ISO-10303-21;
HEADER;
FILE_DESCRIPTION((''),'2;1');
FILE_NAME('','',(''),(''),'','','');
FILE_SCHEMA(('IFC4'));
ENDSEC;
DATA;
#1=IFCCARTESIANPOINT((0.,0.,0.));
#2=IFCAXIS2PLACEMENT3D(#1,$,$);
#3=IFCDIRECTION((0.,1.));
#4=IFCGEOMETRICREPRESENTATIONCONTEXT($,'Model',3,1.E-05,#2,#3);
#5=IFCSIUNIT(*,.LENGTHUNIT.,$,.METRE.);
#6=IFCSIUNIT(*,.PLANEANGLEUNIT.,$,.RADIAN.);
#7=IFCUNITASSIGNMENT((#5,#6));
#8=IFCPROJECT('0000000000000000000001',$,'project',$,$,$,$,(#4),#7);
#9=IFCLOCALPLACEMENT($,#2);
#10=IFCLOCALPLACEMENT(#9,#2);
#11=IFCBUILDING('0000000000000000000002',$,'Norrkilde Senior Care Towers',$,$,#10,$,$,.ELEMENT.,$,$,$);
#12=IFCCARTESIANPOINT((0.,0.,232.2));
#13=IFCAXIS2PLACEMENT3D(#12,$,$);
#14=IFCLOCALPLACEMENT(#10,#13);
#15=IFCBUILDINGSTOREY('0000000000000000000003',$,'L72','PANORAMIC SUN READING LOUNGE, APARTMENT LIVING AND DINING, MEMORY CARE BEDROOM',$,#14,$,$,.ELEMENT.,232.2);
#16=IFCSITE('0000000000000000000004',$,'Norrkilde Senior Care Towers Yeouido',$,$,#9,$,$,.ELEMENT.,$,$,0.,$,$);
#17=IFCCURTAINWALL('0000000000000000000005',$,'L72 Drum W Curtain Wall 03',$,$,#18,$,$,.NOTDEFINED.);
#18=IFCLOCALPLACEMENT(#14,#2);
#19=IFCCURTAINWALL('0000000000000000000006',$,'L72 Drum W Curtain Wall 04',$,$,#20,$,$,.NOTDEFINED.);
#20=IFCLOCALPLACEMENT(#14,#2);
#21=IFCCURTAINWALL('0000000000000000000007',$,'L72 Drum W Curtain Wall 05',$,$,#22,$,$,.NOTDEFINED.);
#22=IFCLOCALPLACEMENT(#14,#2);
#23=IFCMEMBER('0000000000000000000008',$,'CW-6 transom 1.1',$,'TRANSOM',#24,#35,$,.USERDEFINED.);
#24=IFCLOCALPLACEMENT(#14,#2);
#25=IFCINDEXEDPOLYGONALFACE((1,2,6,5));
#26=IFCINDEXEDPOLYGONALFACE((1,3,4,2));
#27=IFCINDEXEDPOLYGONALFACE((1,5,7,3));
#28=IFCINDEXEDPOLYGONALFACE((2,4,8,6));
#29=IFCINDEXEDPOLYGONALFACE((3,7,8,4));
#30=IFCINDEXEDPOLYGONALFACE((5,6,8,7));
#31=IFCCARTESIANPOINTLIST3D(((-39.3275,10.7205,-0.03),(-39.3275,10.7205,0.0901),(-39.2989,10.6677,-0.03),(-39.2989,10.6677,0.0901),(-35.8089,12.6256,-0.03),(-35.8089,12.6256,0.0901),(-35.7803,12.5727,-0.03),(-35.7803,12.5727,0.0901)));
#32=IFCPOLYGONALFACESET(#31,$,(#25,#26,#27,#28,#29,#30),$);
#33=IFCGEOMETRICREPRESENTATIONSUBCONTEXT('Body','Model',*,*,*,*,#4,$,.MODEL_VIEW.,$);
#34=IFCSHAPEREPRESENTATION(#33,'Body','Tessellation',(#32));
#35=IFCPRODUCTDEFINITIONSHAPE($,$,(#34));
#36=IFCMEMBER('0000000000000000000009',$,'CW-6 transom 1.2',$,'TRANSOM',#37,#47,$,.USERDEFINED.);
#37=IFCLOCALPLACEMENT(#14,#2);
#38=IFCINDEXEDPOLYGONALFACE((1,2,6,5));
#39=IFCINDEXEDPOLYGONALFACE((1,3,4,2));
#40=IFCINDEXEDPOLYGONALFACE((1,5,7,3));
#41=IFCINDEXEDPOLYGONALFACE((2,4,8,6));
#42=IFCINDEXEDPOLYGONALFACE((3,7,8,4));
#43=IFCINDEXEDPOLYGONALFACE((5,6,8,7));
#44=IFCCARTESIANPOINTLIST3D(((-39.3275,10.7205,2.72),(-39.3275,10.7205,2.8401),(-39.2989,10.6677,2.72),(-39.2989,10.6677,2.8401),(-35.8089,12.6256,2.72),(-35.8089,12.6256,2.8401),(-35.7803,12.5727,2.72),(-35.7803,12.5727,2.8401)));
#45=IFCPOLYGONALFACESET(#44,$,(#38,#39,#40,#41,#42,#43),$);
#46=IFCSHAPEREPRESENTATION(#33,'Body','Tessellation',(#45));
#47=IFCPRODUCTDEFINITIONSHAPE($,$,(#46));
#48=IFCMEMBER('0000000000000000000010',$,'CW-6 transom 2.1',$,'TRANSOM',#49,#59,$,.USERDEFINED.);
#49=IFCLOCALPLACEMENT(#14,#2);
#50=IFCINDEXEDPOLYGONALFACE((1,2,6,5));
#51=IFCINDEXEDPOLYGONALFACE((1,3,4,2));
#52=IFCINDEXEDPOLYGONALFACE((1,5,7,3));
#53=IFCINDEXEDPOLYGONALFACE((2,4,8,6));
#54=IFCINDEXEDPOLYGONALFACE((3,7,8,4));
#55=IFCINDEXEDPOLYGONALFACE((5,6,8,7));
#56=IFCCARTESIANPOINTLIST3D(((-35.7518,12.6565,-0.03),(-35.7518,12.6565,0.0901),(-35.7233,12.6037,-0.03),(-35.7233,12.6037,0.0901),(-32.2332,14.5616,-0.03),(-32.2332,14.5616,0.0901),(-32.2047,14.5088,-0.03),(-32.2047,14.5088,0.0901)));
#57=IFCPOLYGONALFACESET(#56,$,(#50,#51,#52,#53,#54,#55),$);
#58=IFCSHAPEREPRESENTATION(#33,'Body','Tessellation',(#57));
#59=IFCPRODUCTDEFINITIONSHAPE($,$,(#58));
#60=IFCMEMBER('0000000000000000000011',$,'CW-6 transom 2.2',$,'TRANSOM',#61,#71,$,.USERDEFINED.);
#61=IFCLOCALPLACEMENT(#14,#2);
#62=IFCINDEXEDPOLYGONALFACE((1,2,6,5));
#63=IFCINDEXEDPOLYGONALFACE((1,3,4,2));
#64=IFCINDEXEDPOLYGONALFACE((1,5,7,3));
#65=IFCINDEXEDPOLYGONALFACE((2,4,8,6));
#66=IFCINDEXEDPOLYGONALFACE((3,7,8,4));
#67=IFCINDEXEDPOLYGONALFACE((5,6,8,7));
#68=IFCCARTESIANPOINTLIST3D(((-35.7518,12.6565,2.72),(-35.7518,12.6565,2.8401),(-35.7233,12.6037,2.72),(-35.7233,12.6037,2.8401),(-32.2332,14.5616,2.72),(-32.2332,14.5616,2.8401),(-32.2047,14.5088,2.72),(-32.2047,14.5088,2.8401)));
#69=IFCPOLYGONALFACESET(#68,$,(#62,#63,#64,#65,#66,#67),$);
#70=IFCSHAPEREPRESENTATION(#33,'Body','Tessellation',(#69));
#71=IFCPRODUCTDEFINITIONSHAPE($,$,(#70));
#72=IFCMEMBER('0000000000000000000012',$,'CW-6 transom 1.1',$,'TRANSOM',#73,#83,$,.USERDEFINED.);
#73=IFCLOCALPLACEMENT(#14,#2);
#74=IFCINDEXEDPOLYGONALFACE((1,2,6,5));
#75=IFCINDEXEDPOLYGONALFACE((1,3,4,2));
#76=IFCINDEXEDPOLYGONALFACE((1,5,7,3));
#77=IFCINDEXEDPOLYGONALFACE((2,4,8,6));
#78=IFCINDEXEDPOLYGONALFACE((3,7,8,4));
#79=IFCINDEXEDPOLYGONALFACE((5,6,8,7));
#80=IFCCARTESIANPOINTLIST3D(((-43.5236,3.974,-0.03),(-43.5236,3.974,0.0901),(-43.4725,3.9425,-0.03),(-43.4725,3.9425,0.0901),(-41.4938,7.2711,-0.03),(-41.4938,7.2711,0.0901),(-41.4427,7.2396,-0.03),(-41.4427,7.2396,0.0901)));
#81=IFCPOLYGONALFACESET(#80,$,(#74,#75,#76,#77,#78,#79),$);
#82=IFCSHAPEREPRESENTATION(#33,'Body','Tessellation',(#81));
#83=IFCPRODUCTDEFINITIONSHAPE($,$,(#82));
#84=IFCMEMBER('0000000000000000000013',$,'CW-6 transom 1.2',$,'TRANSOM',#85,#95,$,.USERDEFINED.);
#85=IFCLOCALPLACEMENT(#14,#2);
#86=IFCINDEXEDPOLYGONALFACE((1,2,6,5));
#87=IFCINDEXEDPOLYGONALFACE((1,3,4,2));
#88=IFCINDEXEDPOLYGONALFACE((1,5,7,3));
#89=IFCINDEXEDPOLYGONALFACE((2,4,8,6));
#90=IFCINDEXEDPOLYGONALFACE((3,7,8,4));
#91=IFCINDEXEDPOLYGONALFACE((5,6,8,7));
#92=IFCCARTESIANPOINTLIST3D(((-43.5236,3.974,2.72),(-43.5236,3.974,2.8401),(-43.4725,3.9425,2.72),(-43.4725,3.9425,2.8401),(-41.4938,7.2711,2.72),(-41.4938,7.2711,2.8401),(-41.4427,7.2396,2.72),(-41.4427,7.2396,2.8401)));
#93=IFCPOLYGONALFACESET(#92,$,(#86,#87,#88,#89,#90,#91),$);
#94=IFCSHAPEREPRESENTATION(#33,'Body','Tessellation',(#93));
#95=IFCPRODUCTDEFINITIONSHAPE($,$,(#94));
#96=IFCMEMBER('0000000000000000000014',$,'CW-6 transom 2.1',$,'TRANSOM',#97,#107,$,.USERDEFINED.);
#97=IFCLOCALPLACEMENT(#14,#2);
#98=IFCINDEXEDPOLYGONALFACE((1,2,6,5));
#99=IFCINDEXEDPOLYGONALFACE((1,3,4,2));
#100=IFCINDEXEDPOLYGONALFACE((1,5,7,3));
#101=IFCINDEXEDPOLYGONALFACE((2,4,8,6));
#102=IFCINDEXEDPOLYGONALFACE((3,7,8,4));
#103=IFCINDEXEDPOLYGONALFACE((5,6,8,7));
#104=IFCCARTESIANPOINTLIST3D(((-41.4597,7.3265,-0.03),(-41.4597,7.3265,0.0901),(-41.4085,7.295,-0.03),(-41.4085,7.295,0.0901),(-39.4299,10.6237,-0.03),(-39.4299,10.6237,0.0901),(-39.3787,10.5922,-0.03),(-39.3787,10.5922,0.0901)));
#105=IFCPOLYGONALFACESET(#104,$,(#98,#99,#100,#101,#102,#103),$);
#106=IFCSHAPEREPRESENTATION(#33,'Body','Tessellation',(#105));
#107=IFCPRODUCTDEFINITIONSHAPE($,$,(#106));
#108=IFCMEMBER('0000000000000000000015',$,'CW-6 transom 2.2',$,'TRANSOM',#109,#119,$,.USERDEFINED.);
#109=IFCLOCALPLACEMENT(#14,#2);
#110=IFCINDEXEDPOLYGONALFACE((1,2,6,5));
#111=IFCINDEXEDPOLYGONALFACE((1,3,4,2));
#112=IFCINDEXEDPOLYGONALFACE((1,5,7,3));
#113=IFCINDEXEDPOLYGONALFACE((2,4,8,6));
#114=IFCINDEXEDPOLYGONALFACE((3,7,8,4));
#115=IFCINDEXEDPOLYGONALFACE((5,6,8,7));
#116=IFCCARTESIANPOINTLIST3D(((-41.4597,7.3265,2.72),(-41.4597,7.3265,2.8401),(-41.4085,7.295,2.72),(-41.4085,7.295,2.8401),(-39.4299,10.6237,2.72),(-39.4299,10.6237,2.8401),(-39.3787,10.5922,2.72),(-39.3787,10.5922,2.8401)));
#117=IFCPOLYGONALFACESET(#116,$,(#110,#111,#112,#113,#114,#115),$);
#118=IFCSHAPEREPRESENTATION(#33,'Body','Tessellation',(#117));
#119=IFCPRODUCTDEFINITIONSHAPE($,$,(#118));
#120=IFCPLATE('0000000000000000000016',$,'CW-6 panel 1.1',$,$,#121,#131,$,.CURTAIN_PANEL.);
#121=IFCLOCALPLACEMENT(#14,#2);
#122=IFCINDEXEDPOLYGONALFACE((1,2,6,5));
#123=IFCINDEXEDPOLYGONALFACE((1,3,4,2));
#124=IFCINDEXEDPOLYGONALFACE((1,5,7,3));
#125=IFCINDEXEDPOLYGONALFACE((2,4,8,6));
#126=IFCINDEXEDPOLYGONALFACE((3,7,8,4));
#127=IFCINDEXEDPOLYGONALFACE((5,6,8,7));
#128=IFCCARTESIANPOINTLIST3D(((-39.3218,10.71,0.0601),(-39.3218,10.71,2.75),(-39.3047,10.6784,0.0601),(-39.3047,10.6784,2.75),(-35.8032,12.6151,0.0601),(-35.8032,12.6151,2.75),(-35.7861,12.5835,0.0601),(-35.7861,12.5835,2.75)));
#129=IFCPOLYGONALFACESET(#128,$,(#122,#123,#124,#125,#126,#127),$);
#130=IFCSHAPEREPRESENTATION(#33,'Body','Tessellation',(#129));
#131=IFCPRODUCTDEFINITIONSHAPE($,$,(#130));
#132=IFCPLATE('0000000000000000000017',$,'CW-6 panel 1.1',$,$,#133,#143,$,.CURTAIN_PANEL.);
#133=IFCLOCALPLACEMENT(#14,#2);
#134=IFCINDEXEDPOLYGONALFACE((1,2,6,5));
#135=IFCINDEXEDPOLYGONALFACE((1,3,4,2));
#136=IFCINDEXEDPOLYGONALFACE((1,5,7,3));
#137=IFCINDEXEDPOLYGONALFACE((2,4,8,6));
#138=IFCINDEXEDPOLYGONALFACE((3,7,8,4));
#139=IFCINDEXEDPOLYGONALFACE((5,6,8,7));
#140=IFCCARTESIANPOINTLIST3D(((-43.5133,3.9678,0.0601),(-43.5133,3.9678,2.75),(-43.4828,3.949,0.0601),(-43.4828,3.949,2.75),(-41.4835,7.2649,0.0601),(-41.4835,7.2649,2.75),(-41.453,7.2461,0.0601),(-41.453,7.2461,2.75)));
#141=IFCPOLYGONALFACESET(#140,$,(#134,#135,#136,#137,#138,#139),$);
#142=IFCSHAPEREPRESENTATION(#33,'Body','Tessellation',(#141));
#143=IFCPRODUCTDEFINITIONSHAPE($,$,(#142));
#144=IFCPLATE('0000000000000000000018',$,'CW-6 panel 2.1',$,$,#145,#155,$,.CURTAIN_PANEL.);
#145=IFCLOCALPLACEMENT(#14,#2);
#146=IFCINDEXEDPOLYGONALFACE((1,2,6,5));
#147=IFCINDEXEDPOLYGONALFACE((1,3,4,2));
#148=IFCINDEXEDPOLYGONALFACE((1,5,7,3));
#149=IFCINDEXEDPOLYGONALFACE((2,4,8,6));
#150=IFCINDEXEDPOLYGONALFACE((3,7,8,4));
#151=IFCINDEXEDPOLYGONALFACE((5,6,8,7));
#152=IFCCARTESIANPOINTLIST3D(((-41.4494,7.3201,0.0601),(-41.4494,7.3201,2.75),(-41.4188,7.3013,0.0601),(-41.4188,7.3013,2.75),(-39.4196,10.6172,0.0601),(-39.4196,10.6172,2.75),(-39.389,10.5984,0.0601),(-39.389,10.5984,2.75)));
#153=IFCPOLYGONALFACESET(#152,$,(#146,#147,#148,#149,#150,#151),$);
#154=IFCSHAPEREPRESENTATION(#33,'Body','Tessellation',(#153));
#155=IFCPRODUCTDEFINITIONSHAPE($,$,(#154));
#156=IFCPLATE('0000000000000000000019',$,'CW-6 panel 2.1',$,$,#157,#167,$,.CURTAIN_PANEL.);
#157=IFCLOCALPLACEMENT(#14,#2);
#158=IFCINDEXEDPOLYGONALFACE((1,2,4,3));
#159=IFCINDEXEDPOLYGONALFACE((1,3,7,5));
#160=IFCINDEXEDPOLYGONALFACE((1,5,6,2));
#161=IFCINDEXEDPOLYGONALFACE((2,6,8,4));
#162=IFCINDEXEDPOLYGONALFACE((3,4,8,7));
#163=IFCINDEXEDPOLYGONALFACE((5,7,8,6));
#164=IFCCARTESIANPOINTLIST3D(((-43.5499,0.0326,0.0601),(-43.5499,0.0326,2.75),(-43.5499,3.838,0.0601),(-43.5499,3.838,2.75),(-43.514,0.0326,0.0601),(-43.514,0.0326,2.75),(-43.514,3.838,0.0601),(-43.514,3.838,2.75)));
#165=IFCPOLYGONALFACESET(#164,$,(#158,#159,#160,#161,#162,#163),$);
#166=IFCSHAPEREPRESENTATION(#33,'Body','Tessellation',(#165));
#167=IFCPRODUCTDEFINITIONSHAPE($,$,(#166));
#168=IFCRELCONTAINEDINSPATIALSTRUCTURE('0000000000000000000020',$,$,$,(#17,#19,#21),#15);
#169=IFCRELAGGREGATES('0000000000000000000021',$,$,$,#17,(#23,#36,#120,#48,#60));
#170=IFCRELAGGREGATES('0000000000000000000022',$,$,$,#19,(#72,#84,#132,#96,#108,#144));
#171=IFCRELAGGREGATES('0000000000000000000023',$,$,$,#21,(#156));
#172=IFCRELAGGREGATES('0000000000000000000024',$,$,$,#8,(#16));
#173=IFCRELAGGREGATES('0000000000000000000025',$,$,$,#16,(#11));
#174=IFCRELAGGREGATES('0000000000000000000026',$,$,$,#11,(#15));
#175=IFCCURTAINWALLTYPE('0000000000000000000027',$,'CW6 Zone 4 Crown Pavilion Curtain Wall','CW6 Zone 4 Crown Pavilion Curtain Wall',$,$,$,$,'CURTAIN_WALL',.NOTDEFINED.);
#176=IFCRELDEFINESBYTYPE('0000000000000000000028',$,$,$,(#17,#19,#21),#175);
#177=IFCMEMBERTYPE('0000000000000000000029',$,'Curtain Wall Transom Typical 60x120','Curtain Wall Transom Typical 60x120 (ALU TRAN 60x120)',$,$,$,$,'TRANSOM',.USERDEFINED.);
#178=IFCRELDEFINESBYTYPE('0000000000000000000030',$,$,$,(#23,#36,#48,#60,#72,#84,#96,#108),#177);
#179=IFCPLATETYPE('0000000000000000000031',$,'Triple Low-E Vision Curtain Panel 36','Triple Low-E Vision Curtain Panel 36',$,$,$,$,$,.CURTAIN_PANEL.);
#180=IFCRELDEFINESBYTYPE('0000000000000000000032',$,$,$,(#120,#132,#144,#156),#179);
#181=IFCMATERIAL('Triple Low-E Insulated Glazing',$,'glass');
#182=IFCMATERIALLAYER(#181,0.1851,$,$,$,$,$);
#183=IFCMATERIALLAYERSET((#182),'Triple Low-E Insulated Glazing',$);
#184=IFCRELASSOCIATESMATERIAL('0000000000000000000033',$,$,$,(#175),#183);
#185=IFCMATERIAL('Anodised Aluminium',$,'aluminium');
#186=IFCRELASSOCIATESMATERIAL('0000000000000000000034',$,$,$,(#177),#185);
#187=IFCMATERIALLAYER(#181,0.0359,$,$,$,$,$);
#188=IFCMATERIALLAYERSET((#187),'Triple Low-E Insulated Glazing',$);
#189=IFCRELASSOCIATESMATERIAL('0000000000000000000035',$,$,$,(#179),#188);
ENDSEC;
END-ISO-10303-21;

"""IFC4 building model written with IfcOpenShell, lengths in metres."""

from ifc_helpers import new_model, si_unit, direction, frame, origin, origin_2d, place, context, subcontext, project, spatial, rectangle, extrude, source, transform, mapped, material, layer, layer_set, material_profile, profile_set, type_object, type_shapes, element, aggregate, save


model = new_model("IFC4")

# Units and contexts
model_context = context("Model", 3, precision=1e-05, world=origin(), true_north=direction((0.0, 1.0)))
body_context = subcontext(model_context, "Body", "Model", "MODEL_VIEW")
ifc_project = project(units=[si_unit("LENGTHUNIT", "METRE"), si_unit("PLANEANGLEUNIT", "RADIAN")], contexts=[model_context])

# Site, building, storey
site_placement = place(None, origin())
site = spatial("IfcSite", under=ifc_project, at=site_placement, Name="Norrkilde Senior Care Towers Yeouido", CompositionType="ELEMENT", RefElevation=0.0)
building_placement = place(site_placement, origin())
building = spatial("IfcBuilding", under=site, at=building_placement, Name="Norrkilde Senior Care Towers", CompositionType="ELEMENT")
storey_placement = place(building_placement, frame((0.0, 0.0, 232.2)))
storey = spatial("IfcBuildingStorey", under=building, at=storey_placement, Name="L72", Description="PANORAMIC SUN READING LOUNGE, APARTMENT LIVING AND DINING, MEMORY CARE BEDROOM", CompositionType="ELEMENT", Elevation=232.2)

# Curtain walls
ifc_material_1 = material(Name="Triple Low-E Insulated Glazing", Category="glass")
ifc_layer_1 = layer(ifc_material_1, 0.1851)
ifc_layer_set_1 = layer_set([ifc_layer_1], Name="Triple Low-E Insulated Glazing")
curtain_wall_type = type_object("IfcCurtainWallType", Name="CW6 Zone 4 Crown Pavilion Curtain Wall", Description="CW6 Zone 4 Crown Pavilion Curtain Wall", ElementType="CURTAIN_WALL", PredefinedType="NOTDEFINED", material=ifc_layer_set_1)
curtain_wall_1_placement = place(storey_placement, origin())
curtain_wall_1 = element("IfcCurtainWall", 1, at=curtain_wall_1_placement, inside=storey, type_object=curtain_wall_type, Name="L72 Drum W Curtain Wall 03", PredefinedType="NOTDEFINED")
ifc_material_2 = material(Name="Anodised Aluminium", Category="aluminium")
curtain_wall_2_placement = place(storey_placement, origin())
curtain_wall_2 = element("IfcCurtainWall", 2, at=curtain_wall_2_placement, inside=storey, type_object=curtain_wall_type, Name="L72 Drum W Curtain Wall 04", PredefinedType="NOTDEFINED")

# Curtain wall
curtain_wall_3_placement = place(storey_placement, origin())
curtain_wall_3 = element("IfcCurtainWall", 3, at=curtain_wall_3_placement, inside=storey, type_object=curtain_wall_type, Name="L72 Drum W Curtain Wall 05", PredefinedType="NOTDEFINED")

# Members
ifc_material_profile_1 = material_profile(ifc_material_2, rectangle(XDim=0.0601, YDim=0.1201, at=origin_2d()), Name="ALU TRAN 60x120")
ifc_profile_set_1 = profile_set([ifc_material_profile_1], Name="Anodised Aluminium")
member_type_1 = type_object("IfcMemberType", Name="Curtain Wall Transom Typical 60x120", Description="Curtain Wall Transom Typical 60x120 (ALU TRAN 60x120)", ElementType="TRANSOM", PredefinedType="USERDEFINED", material=ifc_profile_set_1)
shared_shape_1 = source(origin(), body_context, "Body", "SweptSolid", [
    extrude(rectangle(XDim=0.0601, YDim=0.1201, at=origin_2d()), origin(), (0.0, 0.0, 1.0), 4.0012),
])
member_1_placement = place(storey_placement, frame((-39.3132, 10.6941, 0.03), z_axis=(0.879381, 0.476118, 0.0), x_axis=(-0.476118, 0.879381, 0.0)))
member_1 = element("IfcMember", 4, at=member_1_placement, type_object=member_type_1, Name="CW-6 transom 1.1", ObjectType="TRANSOM", PredefinedType="USERDEFINED", context=body_context, shape_type="MappedRepresentation", body=[
    mapped(shared_shape_1, transform((0.0, 0.0, 0.0), x_axis=(1.0, 0.0, 0.0), y_axis=(0.0, 1.0, 0.0), z_axis=(0.0, 0.0, 1.0), scale=1.0)),
])
member_2_placement = place(storey_placement, frame((-39.3132, 10.6941, 2.78), z_axis=(0.879381, 0.476118, 0.0), x_axis=(-0.476118, 0.879381, 0.0)))
member_2 = element("IfcMember", 5, at=member_2_placement, type_object=member_type_1, Name="CW-6 transom 1.2", ObjectType="TRANSOM", PredefinedType="USERDEFINED", context=body_context, shape_type="MappedRepresentation", body=[
    mapped(shared_shape_1, transform((0.0, 0.0, 0.0), x_axis=(1.0, 0.0, 0.0), y_axis=(0.0, 1.0, 0.0), z_axis=(0.0, 0.0, 1.0), scale=1.0)),
])
member_3_placement = place(storey_placement, frame((-35.7375, 12.6301, 0.03), z_axis=(0.879381, 0.476118, 0.0), x_axis=(-0.476118, 0.879381, 0.0)))
member_3 = element("IfcMember", 6, at=member_3_placement, type_object=member_type_1, Name="CW-6 transom 2.1", ObjectType="TRANSOM", PredefinedType="USERDEFINED", context=body_context, shape_type="MappedRepresentation", body=[
    mapped(shared_shape_1, transform((0.0, 0.0, 0.0), x_axis=(1.0, 0.0, 0.0), y_axis=(0.0, 1.0, 0.0), z_axis=(0.0, 0.0, 1.0), scale=1.0)),
])
member_4_placement = place(storey_placement, frame((-35.7375, 12.6301, 2.78), z_axis=(0.879381, 0.476118, 0.0), x_axis=(-0.476118, 0.879381, 0.0)))
member_4 = element("IfcMember", 7, at=member_4_placement, type_object=member_type_1, Name="CW-6 transom 2.2", ObjectType="TRANSOM", PredefinedType="USERDEFINED", context=body_context, shape_type="MappedRepresentation", body=[
    mapped(shared_shape_1, transform((0.0, 0.0, 0.0), x_axis=(1.0, 0.0, 0.0), y_axis=(0.0, 1.0, 0.0), z_axis=(0.0, 0.0, 1.0), scale=1.0)),
])
shared_shape_2 = source(origin(), body_context, "Body", "SweptSolid", [
    extrude(rectangle(XDim=0.0601, YDim=0.1201, at=origin_2d()), origin(), (0.0, 0.0, 1.0), 3.8718),
])
type_shapes(member_type_1, [shared_shape_1, shared_shape_2])
member_5_placement = place(storey_placement, frame((-43.498, 3.9583, 0.03), z_axis=(0.524245, 0.851567, 0.0), x_axis=(-0.851567, 0.524245, 0.0)))
member_5 = element("IfcMember", 8, at=member_5_placement, type_object=member_type_1, Name="CW-6 transom 1.1", ObjectType="TRANSOM", PredefinedType="USERDEFINED", context=body_context, shape_type="MappedRepresentation", body=[
    mapped(shared_shape_2, transform((0.0, 0.0, 0.0), x_axis=(1.0, 0.0, 0.0), y_axis=(0.0, 1.0, 0.0), z_axis=(0.0, 0.0, 1.0), scale=1.0)),
])
member_6_placement = place(storey_placement, frame((-43.498, 3.9583, 2.78), z_axis=(0.524245, 0.851567, 0.0), x_axis=(-0.851567, 0.524245, 0.0)))
member_6 = element("IfcMember", 9, at=member_6_placement, type_object=member_type_1, Name="CW-6 transom 1.2", ObjectType="TRANSOM", PredefinedType="USERDEFINED", context=body_context, shape_type="MappedRepresentation", body=[
    mapped(shared_shape_2, transform((0.0, 0.0, 0.0), x_axis=(1.0, 0.0, 0.0), y_axis=(0.0, 1.0, 0.0), z_axis=(0.0, 0.0, 1.0), scale=1.0)),
])
member_7_placement = place(storey_placement, frame((-41.4341, 7.3108, 0.03), z_axis=(0.524245, 0.851567, 0.0), x_axis=(-0.851567, 0.524245, 0.0)))
member_7 = element("IfcMember", 10, at=member_7_placement, type_object=member_type_1, Name="CW-6 transom 2.1", ObjectType="TRANSOM", PredefinedType="USERDEFINED", context=body_context, shape_type="MappedRepresentation", body=[
    mapped(shared_shape_2, transform((0.0, 0.0, 0.0), x_axis=(1.0, 0.0, 0.0), y_axis=(0.0, 1.0, 0.0), z_axis=(0.0, 0.0, 1.0), scale=1.0)),
])
member_8_placement = place(storey_placement, frame((-41.4341, 7.3108, 2.78), z_axis=(0.524245, 0.851567, 0.0), x_axis=(-0.851567, 0.524245, 0.0)))
member_8 = element("IfcMember", 11, at=member_8_placement, type_object=member_type_1, Name="CW-6 transom 2.2", ObjectType="TRANSOM", PredefinedType="USERDEFINED", context=body_context, shape_type="MappedRepresentation", body=[
    mapped(shared_shape_2, transform((0.0, 0.0, 0.0), x_axis=(1.0, 0.0, 0.0), y_axis=(0.0, 1.0, 0.0), z_axis=(0.0, 0.0, 1.0), scale=1.0)),
])

# Plates
ifc_layer_2 = layer(ifc_material_1, 0.0359)
ifc_layer_set_2 = layer_set([ifc_layer_2], Name="Triple Low-E Insulated Glazing")
plate_type = type_object("IfcPlateType", Name="Triple Low-E Vision Curtain Panel 36", Description="Triple Low-E Vision Curtain Panel 36", PredefinedType="CURTAIN_PANEL", material=ifc_layer_set_2)
shared_shape_3 = source(origin(), body_context, "Body", "SweptSolid", [
    extrude(rectangle(XDim=4.0012, YDim=0.0359, at=origin_2d()), origin(), (0.0, 0.0, 1.0), 2.6899),
])
plate_1_placement = place(storey_placement, frame((-37.554, 11.6467, 0.0601), z_axis=(0.0, 0.0, 1.0), x_axis=(0.879373, 0.476133, 0.0)))
plate_1 = element("IfcPlate", 12, at=plate_1_placement, type_object=plate_type, Name="CW-6 panel 1.1", PredefinedType="CURTAIN_PANEL", context=body_context, shape_type="MappedRepresentation", body=[
    mapped(shared_shape_3, transform((0.0, 0.0, 0.0), x_axis=(1.0, 0.0, 0.0), y_axis=(0.0, 1.0, 0.0), z_axis=(0.0, 0.0, 1.0), scale=1.0)),
])
aggregate(curtain_wall_1, [member_1, member_2, plate_1, member_3, member_4])
shared_shape_4 = source(origin(), body_context, "Body", "SweptSolid", [
    extrude(rectangle(XDim=3.8718, YDim=0.0359, at=origin_2d()), origin(), (0.0, 0.0, 1.0), 2.6899),
])
plate_2_placement = place(storey_placement, frame((-42.4832, 5.6069, 0.0601), z_axis=(0.0, 0.0, 1.0), x_axis=(0.524253, 0.851563, 0.0)))
plate_2 = element("IfcPlate", 13, at=plate_2_placement, type_object=plate_type, Name="CW-6 panel 1.1", PredefinedType="CURTAIN_PANEL", context=body_context, shape_type="MappedRepresentation", body=[
    mapped(shared_shape_4, transform((0.0, 0.0, 0.0), x_axis=(1.0, 0.0, 0.0), y_axis=(0.0, 1.0, 0.0), z_axis=(0.0, 0.0, 1.0), scale=1.0)),
])
plate_3_placement = place(storey_placement, frame((-40.4192, 8.9592, 0.0601), z_axis=(0.0, 0.0, 1.0), x_axis=(0.524253, 0.851563, 0.0)))
plate_3 = element("IfcPlate", 14, at=plate_3_placement, type_object=plate_type, Name="CW-6 panel 2.1", PredefinedType="CURTAIN_PANEL", context=body_context, shape_type="MappedRepresentation", body=[
    mapped(shared_shape_4, transform((0.0, 0.0, 0.0), x_axis=(1.0, 0.0, 0.0), y_axis=(0.0, 1.0, 0.0), z_axis=(0.0, 0.0, 1.0), scale=1.0)),
])
aggregate(curtain_wall_2, [member_5, member_6, plate_2, member_7, member_8, plate_3])
shared_shape_5 = source(origin(), body_context, "Body", "SweptSolid", [
    extrude(rectangle(XDim=3.8054, YDim=0.0359, at=origin_2d()), origin(), (0.0, 0.0, 1.0), 2.6899),
])
type_shapes(plate_type, [shared_shape_3, shared_shape_4, shared_shape_5])
plate_4_placement = place(storey_placement, frame((-43.532, 1.9353, 0.0601), z_axis=(0.0, 0.0, 1.0), x_axis=(0.0, 1.0, 0.0)))
plate_4 = element("IfcPlate", 15, at=plate_4_placement, type_object=plate_type, Name="CW-6 panel 2.1", PredefinedType="CURTAIN_PANEL", context=body_context, shape_type="MappedRepresentation", body=[
    mapped(shared_shape_5, transform((0.0, 0.0, 0.0), x_axis=(1.0, 0.0, 0.0), y_axis=(0.0, 1.0, 0.0), z_axis=(0.0, 0.0, 1.0), scale=1.0)),
])
aggregate(curtain_wall_3, [plate_4])

save(model, "model.ifc")
